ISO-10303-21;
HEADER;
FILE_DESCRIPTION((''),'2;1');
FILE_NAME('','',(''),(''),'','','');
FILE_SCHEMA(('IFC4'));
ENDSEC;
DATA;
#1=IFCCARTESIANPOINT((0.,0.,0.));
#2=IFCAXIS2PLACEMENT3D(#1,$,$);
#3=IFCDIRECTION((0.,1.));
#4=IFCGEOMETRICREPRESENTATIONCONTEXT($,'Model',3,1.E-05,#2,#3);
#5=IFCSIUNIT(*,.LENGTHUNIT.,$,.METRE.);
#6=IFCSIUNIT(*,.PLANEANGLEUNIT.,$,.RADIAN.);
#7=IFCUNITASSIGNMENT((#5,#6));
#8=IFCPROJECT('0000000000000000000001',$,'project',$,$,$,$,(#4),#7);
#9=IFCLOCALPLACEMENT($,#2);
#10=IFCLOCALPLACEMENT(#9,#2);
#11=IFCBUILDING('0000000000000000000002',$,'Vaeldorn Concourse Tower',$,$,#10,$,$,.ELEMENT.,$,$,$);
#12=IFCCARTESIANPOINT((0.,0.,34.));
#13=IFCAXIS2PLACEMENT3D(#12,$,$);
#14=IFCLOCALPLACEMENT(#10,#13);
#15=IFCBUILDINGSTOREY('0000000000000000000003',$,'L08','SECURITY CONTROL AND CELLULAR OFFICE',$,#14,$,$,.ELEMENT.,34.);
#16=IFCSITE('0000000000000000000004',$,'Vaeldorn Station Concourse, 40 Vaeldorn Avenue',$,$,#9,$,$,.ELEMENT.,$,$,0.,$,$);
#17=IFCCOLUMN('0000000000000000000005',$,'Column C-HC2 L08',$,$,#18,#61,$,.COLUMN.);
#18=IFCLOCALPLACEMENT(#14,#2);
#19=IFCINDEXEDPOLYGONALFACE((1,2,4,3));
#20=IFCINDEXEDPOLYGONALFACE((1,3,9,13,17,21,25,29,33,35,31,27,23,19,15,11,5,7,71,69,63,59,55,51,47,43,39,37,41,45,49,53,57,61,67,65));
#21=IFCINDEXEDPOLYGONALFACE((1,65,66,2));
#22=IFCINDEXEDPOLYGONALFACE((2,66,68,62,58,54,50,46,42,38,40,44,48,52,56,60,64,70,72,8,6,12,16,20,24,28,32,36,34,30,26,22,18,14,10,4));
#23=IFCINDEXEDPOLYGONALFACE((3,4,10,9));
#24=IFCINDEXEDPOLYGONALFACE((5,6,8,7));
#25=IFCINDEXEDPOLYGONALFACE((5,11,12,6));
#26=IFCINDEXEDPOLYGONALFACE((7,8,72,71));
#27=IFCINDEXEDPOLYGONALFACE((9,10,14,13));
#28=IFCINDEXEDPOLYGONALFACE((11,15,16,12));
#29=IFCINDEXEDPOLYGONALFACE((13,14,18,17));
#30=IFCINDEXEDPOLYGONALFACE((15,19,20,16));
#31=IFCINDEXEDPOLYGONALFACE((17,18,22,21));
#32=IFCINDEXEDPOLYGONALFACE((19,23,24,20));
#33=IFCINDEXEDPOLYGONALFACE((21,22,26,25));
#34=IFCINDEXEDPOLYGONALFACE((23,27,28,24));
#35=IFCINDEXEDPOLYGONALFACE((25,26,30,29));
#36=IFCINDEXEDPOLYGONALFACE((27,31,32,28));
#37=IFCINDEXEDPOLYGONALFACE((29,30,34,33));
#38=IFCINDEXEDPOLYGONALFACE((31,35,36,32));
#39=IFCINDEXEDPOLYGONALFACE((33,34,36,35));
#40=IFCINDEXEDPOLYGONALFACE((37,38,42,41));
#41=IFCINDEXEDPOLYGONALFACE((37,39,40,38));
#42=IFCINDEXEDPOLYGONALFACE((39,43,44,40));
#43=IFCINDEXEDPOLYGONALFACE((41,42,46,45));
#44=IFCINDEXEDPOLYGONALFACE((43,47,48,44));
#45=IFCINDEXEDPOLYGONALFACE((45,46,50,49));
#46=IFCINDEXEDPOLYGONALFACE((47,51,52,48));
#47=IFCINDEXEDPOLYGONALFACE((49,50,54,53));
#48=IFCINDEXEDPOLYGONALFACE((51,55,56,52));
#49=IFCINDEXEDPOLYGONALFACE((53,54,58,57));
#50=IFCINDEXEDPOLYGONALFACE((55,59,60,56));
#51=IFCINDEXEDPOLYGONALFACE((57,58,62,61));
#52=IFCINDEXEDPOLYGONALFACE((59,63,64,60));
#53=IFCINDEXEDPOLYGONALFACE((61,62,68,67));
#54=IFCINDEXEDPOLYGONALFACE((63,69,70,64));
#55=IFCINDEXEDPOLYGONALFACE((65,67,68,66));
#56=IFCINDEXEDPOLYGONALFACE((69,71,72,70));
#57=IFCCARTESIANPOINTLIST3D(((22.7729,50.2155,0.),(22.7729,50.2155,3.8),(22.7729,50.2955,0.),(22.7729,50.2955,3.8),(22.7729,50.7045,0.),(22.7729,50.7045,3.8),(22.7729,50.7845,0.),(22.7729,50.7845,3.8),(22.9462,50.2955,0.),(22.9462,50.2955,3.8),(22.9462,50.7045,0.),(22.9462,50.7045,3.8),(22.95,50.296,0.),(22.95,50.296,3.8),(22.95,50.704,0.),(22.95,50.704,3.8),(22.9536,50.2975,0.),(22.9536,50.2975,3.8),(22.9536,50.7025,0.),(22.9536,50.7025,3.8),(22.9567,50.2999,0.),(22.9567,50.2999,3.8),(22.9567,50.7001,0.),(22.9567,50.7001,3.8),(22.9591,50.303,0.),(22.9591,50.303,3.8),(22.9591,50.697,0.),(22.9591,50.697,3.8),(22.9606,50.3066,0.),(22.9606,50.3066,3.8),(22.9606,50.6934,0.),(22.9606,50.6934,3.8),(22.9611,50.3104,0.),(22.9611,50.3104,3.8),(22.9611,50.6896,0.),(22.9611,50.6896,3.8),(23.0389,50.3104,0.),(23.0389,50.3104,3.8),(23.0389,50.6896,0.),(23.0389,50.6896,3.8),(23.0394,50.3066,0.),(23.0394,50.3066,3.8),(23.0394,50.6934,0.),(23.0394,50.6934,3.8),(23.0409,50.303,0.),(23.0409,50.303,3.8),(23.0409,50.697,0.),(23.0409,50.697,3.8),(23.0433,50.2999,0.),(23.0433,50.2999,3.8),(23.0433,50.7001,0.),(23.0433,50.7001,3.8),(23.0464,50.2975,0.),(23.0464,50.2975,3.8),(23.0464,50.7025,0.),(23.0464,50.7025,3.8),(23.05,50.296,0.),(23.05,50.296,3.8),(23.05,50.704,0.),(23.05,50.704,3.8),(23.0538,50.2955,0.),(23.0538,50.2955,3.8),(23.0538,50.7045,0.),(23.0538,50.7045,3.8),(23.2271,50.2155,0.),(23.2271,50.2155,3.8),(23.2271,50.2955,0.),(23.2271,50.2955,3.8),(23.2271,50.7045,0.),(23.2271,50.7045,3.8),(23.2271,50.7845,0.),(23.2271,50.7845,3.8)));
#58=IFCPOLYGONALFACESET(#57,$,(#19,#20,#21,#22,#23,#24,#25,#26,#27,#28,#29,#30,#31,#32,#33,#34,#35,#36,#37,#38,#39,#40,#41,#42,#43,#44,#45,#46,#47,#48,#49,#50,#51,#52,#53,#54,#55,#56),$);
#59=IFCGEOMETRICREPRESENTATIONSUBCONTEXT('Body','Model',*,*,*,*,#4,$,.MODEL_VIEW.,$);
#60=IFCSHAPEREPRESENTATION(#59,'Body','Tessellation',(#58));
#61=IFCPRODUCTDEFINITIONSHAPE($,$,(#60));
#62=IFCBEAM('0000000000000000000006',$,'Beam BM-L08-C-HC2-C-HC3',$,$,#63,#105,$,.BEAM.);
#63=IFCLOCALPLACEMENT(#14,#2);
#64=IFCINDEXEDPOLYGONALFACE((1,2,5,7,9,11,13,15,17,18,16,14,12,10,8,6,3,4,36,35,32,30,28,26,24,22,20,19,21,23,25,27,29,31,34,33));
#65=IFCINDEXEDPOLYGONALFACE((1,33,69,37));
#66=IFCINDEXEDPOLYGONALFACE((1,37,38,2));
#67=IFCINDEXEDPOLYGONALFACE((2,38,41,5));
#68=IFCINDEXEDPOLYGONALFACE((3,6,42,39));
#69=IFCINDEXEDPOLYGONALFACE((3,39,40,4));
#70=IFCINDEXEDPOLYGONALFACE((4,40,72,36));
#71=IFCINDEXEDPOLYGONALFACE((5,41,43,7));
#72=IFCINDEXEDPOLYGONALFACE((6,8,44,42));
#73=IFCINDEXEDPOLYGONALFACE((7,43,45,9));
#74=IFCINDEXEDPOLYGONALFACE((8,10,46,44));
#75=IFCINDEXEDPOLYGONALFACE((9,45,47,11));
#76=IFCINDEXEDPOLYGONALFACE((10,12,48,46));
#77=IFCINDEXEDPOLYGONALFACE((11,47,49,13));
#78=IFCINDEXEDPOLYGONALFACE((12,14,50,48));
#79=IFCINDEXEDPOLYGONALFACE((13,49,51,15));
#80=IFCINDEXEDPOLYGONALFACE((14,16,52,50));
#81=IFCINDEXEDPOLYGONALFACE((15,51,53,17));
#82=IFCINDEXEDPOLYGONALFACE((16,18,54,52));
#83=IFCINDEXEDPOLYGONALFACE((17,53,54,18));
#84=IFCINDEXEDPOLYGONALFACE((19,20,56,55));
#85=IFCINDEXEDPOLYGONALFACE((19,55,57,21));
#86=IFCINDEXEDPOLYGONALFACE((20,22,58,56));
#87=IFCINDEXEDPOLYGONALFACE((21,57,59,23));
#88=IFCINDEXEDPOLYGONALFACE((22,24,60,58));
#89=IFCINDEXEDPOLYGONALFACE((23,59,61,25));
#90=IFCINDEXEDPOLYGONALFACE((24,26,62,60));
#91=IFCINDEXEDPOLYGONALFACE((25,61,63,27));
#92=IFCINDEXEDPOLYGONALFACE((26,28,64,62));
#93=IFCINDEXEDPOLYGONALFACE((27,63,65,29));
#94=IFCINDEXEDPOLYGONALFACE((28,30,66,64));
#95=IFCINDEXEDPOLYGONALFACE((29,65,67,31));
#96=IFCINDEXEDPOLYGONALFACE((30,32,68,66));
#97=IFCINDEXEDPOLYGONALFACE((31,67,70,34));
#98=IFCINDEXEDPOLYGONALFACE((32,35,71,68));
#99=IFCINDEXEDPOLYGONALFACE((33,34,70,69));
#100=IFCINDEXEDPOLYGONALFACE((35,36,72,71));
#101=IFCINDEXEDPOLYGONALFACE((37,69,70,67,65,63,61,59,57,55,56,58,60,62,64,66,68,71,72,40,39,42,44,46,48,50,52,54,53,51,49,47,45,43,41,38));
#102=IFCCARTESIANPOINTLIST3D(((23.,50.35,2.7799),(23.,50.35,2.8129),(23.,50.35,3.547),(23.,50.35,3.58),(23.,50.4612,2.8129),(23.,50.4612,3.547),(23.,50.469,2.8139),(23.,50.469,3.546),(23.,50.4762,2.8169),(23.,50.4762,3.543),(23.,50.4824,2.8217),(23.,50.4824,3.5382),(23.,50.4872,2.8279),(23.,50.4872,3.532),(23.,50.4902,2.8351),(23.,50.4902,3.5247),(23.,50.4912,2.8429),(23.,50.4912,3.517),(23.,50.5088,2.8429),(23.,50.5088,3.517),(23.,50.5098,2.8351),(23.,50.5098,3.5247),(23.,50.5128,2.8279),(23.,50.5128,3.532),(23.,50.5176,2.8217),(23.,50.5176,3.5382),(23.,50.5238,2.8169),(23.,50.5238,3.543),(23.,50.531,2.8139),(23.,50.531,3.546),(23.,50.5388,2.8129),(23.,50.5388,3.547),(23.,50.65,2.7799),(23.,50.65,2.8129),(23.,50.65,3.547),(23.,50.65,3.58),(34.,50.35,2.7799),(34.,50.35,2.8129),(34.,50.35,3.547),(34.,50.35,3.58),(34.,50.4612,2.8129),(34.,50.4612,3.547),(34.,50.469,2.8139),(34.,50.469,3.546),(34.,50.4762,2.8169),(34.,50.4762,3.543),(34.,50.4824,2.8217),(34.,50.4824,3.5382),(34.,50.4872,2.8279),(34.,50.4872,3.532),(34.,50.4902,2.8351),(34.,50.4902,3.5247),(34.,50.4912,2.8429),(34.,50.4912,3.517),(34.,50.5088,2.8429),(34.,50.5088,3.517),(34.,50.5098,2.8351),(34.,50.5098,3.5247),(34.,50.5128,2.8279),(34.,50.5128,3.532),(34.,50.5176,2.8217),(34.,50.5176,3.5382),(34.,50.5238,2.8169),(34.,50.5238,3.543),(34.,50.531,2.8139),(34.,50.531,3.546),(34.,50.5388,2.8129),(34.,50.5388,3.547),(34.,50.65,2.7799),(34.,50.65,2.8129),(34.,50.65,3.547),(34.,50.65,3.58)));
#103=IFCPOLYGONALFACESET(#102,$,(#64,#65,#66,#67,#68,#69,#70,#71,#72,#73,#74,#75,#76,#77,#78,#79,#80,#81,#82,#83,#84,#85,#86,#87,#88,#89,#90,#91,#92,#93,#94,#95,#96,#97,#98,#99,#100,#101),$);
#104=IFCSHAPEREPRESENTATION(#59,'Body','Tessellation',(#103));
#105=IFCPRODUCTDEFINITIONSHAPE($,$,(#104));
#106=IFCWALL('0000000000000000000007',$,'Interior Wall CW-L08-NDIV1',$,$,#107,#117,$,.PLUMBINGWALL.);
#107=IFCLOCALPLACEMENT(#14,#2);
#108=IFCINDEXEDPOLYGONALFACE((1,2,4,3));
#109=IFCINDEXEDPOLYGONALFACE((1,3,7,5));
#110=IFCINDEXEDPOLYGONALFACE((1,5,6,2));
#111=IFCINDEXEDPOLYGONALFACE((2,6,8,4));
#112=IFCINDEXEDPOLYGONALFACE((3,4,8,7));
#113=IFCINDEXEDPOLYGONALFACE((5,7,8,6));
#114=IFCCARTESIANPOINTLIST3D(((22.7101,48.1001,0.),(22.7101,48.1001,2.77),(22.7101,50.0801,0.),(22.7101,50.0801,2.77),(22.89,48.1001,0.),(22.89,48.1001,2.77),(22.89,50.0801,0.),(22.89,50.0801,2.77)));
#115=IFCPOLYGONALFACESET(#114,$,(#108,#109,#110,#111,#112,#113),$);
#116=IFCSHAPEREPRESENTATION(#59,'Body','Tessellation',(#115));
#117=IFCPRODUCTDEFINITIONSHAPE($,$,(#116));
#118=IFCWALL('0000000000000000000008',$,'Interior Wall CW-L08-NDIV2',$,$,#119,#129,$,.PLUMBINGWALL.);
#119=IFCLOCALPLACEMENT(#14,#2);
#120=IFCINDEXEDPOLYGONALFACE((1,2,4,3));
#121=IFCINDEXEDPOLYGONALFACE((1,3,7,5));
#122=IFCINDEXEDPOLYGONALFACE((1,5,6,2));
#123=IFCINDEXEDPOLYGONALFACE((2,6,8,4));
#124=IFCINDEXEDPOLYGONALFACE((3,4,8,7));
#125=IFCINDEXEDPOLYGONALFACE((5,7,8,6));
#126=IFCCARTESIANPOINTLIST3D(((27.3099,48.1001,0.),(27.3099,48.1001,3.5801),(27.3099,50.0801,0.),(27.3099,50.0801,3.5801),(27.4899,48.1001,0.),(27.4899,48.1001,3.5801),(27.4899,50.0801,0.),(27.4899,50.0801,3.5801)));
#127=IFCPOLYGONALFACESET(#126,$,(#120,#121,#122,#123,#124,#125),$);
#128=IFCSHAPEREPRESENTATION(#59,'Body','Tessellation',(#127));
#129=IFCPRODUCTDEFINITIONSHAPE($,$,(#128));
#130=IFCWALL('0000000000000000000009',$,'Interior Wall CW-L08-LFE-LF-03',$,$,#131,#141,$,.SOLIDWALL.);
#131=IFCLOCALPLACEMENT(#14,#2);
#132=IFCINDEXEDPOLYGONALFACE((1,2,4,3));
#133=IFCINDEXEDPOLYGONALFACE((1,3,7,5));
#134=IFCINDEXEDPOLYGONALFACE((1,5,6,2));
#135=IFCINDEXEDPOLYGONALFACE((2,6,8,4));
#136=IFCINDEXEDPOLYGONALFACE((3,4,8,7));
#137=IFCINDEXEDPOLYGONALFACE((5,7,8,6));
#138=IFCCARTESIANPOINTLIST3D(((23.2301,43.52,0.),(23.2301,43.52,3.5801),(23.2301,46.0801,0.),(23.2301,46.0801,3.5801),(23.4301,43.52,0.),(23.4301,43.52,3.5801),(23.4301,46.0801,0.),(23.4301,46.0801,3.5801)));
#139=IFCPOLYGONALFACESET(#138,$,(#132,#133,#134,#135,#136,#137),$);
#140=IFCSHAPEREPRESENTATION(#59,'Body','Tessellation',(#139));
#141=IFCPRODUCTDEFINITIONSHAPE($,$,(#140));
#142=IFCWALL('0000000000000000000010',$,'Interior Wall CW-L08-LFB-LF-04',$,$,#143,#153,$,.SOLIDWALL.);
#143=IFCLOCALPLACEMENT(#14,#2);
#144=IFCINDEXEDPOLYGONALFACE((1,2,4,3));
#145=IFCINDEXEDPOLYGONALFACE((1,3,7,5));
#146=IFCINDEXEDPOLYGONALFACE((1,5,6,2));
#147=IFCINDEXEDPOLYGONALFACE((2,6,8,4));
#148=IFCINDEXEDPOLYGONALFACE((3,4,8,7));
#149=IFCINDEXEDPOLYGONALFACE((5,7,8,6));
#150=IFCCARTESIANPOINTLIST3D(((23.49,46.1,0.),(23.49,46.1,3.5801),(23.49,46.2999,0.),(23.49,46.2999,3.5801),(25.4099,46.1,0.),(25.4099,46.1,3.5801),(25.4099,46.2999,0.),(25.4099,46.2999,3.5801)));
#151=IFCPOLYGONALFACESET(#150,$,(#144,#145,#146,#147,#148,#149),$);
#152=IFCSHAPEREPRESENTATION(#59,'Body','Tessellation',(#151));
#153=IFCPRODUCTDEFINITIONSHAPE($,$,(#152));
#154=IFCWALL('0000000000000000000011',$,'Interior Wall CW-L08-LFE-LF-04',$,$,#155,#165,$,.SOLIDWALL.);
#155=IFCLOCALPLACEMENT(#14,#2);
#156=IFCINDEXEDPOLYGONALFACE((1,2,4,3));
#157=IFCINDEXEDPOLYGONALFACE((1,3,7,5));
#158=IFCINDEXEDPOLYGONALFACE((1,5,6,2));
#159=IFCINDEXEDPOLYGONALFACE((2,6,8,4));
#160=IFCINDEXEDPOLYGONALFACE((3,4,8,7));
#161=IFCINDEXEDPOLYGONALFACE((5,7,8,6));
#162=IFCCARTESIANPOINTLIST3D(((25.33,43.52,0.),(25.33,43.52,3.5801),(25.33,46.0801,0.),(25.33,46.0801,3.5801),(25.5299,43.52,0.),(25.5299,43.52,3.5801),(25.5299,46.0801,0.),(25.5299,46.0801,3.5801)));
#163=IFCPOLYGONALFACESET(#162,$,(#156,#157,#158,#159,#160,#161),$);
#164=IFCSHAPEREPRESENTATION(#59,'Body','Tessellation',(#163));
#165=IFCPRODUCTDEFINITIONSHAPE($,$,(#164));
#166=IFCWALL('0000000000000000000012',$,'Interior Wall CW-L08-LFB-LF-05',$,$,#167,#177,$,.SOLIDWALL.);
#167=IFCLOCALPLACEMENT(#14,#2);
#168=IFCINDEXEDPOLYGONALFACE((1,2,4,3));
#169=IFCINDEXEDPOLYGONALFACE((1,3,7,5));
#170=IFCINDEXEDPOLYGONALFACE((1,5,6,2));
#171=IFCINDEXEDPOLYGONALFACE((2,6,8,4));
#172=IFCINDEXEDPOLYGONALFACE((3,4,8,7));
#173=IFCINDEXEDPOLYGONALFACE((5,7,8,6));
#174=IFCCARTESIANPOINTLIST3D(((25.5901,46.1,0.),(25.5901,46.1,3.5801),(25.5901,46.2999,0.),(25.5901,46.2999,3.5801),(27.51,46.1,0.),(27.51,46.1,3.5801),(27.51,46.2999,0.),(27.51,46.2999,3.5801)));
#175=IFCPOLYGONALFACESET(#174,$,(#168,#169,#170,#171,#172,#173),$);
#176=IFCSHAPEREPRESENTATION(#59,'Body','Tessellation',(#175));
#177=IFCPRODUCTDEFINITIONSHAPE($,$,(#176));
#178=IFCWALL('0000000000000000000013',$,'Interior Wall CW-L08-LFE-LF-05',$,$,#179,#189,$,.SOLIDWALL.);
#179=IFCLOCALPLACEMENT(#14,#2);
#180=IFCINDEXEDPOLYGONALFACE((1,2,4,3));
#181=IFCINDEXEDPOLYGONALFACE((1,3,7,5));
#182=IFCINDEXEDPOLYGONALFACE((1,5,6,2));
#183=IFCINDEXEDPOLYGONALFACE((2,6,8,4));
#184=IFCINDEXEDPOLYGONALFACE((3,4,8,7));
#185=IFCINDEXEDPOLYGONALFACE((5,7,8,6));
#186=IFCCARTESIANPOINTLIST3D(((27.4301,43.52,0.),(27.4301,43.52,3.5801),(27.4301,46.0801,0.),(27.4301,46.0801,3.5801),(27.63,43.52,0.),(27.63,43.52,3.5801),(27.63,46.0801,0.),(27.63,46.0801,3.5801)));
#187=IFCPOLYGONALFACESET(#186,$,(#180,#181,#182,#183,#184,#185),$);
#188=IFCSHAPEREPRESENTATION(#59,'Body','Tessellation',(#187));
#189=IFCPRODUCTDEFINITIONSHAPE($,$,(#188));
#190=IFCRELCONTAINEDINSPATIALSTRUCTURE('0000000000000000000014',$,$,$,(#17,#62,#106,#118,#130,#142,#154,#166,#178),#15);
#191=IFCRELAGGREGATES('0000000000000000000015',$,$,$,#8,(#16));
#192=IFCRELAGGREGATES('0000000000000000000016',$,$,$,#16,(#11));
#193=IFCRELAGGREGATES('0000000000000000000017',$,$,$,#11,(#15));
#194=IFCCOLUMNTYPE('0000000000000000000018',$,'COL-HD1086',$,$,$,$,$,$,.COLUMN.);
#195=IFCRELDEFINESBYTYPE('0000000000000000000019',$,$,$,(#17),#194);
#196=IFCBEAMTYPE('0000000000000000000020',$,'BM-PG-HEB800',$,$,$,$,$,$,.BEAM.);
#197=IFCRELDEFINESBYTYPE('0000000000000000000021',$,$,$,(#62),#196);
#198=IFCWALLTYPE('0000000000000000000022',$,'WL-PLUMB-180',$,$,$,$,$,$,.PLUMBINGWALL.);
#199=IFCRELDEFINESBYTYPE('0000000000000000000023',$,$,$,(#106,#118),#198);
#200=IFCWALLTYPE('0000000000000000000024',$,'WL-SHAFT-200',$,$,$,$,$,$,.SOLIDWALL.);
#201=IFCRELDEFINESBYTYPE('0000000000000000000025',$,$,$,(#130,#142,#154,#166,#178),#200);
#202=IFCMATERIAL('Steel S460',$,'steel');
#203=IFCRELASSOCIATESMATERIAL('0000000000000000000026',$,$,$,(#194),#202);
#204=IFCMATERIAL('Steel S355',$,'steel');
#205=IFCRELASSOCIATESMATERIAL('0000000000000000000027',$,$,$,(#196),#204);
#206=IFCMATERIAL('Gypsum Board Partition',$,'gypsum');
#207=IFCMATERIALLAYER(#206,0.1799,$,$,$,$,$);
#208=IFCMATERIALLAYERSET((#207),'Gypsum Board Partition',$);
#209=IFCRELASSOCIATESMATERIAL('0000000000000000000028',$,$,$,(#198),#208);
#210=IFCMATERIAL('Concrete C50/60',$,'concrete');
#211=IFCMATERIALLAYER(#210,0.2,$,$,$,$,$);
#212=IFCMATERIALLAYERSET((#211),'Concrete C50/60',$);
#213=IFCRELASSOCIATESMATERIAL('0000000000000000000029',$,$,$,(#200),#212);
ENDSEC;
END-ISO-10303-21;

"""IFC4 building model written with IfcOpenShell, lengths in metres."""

from ifc_helpers import new_model, si_unit, direction, frame, frame_2d, origin, origin_2d, place, context, subcontext, project, spatial, rectangle, i_section, extrude, source, transform, mapped, material, layer, layer_set, material_profile, profile_set, type_object, element, save


model = new_model("IFC4")

# Units and contexts
model_context = context("Model", 3, precision=1e-05, world=origin(), true_north=direction((0.0, 1.0)))
body_context = subcontext(model_context, "Body", "Model", "MODEL_VIEW")
ifc_project = project(units=[si_unit("LENGTHUNIT", "METRE"), si_unit("PLANEANGLEUNIT", "RADIAN")], contexts=[model_context])

# Site, building, storey
site_placement = place(None, origin())
site = spatial("IfcSite", under=ifc_project, at=site_placement, Name="Vaeldorn Station Concourse, 40 Vaeldorn Avenue", CompositionType="ELEMENT", RefElevation=0.0)
building_placement = place(site_placement, origin())
building = spatial("IfcBuilding", under=site, at=building_placement, Name="Vaeldorn Concourse Tower", CompositionType="ELEMENT")
storey_placement = place(building_placement, frame((0.0, 0.0, 34.0)))
storey = spatial("IfcBuildingStorey", under=building, at=storey_placement, Name="L08", Description="SECURITY CONTROL AND CELLULAR OFFICE", CompositionType="ELEMENT", Elevation=34.0)

# Column
ifc_material_1 = material(Name="Steel S460", Category="steel")
ifc_material_profile_1 = material_profile(ifc_material_1, i_section(OverallWidth=0.4541, OverallDepth=0.5691, WebThickness=0.0779, FlangeThickness=0.0801, FilletRadius=0.0149, at=origin_2d()), Name="HD 400x1086")
ifc_profile_set_1 = profile_set([ifc_material_profile_1], Name="Steel S460")
column_type = type_object("IfcColumnType", Name="COL-HD1086", PredefinedType="COLUMN", material=ifc_profile_set_1)
shared_shape_1 = source(origin(), body_context, "Body", "SweptSolid", [
    extrude(i_section(OverallWidth=0.4541, OverallDepth=0.5691, WebThickness=0.0779, FlangeThickness=0.0801, FilletRadius=0.0149, at=origin_2d()), origin(), (0.0, 0.0, 1.0), 3.8),
])
column_placement = place(storey_placement, frame((23.0, 50.5, 0.0), z_axis=(0.0, 0.0, 1.0), x_axis=(1.0, 0.0, 0.0)))
element("IfcColumn", 1, at=column_placement, inside=storey, type_object=column_type, Name="Column C-HC2 L08", PredefinedType="COLUMN", context=body_context, shape_type="MappedRepresentation", body=[
    mapped(shared_shape_1, transform((0.0, 0.0, 0.0), scale=1.0)),
])

# Beam
ifc_material_2 = material(Name="Steel S355", Category="steel")
ifc_material_profile_2 = material_profile(ifc_material_2, i_section(OverallWidth=0.3, OverallDepth=0.8, WebThickness=0.0176, FlangeThickness=0.033, FilletRadius=0.03, at=origin_2d()), Name="HEB 800")
ifc_profile_set_2 = profile_set([ifc_material_profile_2], Name="Steel S355")
beam_type = type_object("IfcBeamType", Name="BM-PG-HEB800", PredefinedType="BEAM", material=ifc_profile_set_2)
shared_shape_2 = source(origin(), body_context, "Body", "SweptSolid", [
    extrude(i_section(OverallWidth=0.3, OverallDepth=0.8, WebThickness=0.0176, FlangeThickness=0.033, FilletRadius=0.03, at=origin_2d()), origin(), (0.0, 0.0, 1.0), 11.0),
])
beam_placement = place(storey_placement, frame((23.0, 50.5, 3.1799), z_axis=(1.0, 0.0, 0.0), x_axis=(0.0, 1.0, 0.0)))
element("IfcBeam", 2, at=beam_placement, inside=storey, type_object=beam_type, Name="Beam BM-L08-C-HC2-C-HC3", PredefinedType="BEAM", context=body_context, shape_type="MappedRepresentation", body=[
    mapped(shared_shape_2, transform((0.0, 0.0, 0.0), scale=1.0)),
])

# Walls
ifc_material_3 = material(Name="Gypsum Board Partition", Category="gypsum")
ifc_layer_1 = layer(ifc_material_3, 0.1799)
ifc_layer_set_1 = layer_set([ifc_layer_1], Name="Gypsum Board Partition")
wall_type_1 = type_object("IfcWallType", Name="WL-PLUMB-180", PredefinedType="PLUMBINGWALL", material=ifc_layer_set_1)
wall_1_placement = place(storey_placement, frame((22.8, 48.1001, 0.0), z_axis=(0.0, 0.0, 1.0), x_axis=(0.0, 1.0, 0.0)))
element("IfcWall", 3, at=wall_1_placement, inside=storey, type_object=wall_type_1, Name="Interior Wall CW-L08-NDIV1", PredefinedType="PLUMBINGWALL", context=body_context, shape_type="SweptSolid", body=[
    extrude(rectangle(XDim=1.98, YDim=0.1799, at=frame_2d((0.99, 0.0))), origin(), (0.0, 0.0, 1.0), 2.77),
])
wall_2_placement = place(storey_placement, frame((27.3999, 48.1001, 0.0), z_axis=(0.0, 0.0, 1.0), x_axis=(0.0, 1.0, 0.0)))
element("IfcWall", 4, at=wall_2_placement, inside=storey, type_object=wall_type_1, Name="Interior Wall CW-L08-NDIV2", PredefinedType="PLUMBINGWALL", context=body_context, shape_type="SweptSolid", body=[
    extrude(rectangle(XDim=1.98, YDim=0.1799, at=frame_2d((0.99, 0.0))), origin(), (0.0, 0.0, 1.0), 3.5801),
])
ifc_material_4 = material(Name="Concrete C50/60", Category="concrete")
ifc_layer_2 = layer(ifc_material_4, 0.2)
ifc_layer_set_2 = layer_set([ifc_layer_2], Name="Concrete C50/60")
wall_type_2 = type_object("IfcWallType", Name="WL-SHAFT-200", PredefinedType="SOLIDWALL", material=ifc_layer_set_2)
wall_3_placement = place(storey_placement, frame((23.3301, 43.52, 0.0), z_axis=(0.0, 0.0, 1.0), x_axis=(0.0, 1.0, 0.0)))
element("IfcWall", 5, at=wall_3_placement, inside=storey, type_object=wall_type_2, Name="Interior Wall CW-L08-LFE-LF-03", PredefinedType="SOLIDWALL", context=body_context, shape_type="SweptSolid", body=[
    extrude(rectangle(XDim=2.5601, YDim=0.2, at=frame_2d((1.28, 0.0))), origin(), (0.0, 0.0, 1.0), 3.5801),
])

# Walls
wall_4_placement = place(storey_placement, frame((23.49, 46.2, 0.0), z_axis=(0.0, 0.0, 1.0), x_axis=(1.0, 0.0, 0.0)))
element("IfcWall", 6, at=wall_4_placement, inside=storey, type_object=wall_type_2, Name="Interior Wall CW-L08-LFB-LF-04", PredefinedType="SOLIDWALL", context=body_context, shape_type="SweptSolid", body=[
    extrude(rectangle(XDim=1.9199, YDim=0.2, at=frame_2d((0.96, 0.0))), origin(), (0.0, 0.0, 1.0), 3.5801),
])
wall_5_placement = place(storey_placement, frame((25.4299, 43.52, 0.0), z_axis=(0.0, 0.0, 1.0), x_axis=(0.0, 1.0, 0.0)))
element("IfcWall", 7, at=wall_5_placement, inside=storey, type_object=wall_type_2, Name="Interior Wall CW-L08-LFE-LF-04", PredefinedType="SOLIDWALL", context=body_context, shape_type="SweptSolid", body=[
    extrude(rectangle(XDim=2.5601, YDim=0.2, at=frame_2d((1.28, 0.0))), origin(), (0.0, 0.0, 1.0), 3.5801),
])

# Walls
wall_6_placement = place(storey_placement, frame((25.5901, 46.2, 0.0), z_axis=(0.0, 0.0, 1.0), x_axis=(1.0, 0.0, 0.0)))
element("IfcWall", 8, at=wall_6_placement, inside=storey, type_object=wall_type_2, Name="Interior Wall CW-L08-LFB-LF-05", PredefinedType="SOLIDWALL", context=body_context, shape_type="SweptSolid", body=[
    extrude(rectangle(XDim=1.9199, YDim=0.2, at=frame_2d((0.96, 0.0))), origin(), (0.0, 0.0, 1.0), 3.5801),
])
wall_7_placement = place(storey_placement, frame((27.53, 43.52, 0.0), z_axis=(0.0, 0.0, 1.0), x_axis=(0.0, 1.0, 0.0)))
element("IfcWall", 9, at=wall_7_placement, inside=storey, type_object=wall_type_2, Name="Interior Wall CW-L08-LFE-LF-05", PredefinedType="SOLIDWALL", context=body_context, shape_type="SweptSolid", body=[
    extrude(rectangle(XDim=2.5601, YDim=0.2, at=frame_2d((1.28, 0.0))), origin(), (0.0, 0.0, 1.0), 3.5801),
])

save(model, "model.ifc")
